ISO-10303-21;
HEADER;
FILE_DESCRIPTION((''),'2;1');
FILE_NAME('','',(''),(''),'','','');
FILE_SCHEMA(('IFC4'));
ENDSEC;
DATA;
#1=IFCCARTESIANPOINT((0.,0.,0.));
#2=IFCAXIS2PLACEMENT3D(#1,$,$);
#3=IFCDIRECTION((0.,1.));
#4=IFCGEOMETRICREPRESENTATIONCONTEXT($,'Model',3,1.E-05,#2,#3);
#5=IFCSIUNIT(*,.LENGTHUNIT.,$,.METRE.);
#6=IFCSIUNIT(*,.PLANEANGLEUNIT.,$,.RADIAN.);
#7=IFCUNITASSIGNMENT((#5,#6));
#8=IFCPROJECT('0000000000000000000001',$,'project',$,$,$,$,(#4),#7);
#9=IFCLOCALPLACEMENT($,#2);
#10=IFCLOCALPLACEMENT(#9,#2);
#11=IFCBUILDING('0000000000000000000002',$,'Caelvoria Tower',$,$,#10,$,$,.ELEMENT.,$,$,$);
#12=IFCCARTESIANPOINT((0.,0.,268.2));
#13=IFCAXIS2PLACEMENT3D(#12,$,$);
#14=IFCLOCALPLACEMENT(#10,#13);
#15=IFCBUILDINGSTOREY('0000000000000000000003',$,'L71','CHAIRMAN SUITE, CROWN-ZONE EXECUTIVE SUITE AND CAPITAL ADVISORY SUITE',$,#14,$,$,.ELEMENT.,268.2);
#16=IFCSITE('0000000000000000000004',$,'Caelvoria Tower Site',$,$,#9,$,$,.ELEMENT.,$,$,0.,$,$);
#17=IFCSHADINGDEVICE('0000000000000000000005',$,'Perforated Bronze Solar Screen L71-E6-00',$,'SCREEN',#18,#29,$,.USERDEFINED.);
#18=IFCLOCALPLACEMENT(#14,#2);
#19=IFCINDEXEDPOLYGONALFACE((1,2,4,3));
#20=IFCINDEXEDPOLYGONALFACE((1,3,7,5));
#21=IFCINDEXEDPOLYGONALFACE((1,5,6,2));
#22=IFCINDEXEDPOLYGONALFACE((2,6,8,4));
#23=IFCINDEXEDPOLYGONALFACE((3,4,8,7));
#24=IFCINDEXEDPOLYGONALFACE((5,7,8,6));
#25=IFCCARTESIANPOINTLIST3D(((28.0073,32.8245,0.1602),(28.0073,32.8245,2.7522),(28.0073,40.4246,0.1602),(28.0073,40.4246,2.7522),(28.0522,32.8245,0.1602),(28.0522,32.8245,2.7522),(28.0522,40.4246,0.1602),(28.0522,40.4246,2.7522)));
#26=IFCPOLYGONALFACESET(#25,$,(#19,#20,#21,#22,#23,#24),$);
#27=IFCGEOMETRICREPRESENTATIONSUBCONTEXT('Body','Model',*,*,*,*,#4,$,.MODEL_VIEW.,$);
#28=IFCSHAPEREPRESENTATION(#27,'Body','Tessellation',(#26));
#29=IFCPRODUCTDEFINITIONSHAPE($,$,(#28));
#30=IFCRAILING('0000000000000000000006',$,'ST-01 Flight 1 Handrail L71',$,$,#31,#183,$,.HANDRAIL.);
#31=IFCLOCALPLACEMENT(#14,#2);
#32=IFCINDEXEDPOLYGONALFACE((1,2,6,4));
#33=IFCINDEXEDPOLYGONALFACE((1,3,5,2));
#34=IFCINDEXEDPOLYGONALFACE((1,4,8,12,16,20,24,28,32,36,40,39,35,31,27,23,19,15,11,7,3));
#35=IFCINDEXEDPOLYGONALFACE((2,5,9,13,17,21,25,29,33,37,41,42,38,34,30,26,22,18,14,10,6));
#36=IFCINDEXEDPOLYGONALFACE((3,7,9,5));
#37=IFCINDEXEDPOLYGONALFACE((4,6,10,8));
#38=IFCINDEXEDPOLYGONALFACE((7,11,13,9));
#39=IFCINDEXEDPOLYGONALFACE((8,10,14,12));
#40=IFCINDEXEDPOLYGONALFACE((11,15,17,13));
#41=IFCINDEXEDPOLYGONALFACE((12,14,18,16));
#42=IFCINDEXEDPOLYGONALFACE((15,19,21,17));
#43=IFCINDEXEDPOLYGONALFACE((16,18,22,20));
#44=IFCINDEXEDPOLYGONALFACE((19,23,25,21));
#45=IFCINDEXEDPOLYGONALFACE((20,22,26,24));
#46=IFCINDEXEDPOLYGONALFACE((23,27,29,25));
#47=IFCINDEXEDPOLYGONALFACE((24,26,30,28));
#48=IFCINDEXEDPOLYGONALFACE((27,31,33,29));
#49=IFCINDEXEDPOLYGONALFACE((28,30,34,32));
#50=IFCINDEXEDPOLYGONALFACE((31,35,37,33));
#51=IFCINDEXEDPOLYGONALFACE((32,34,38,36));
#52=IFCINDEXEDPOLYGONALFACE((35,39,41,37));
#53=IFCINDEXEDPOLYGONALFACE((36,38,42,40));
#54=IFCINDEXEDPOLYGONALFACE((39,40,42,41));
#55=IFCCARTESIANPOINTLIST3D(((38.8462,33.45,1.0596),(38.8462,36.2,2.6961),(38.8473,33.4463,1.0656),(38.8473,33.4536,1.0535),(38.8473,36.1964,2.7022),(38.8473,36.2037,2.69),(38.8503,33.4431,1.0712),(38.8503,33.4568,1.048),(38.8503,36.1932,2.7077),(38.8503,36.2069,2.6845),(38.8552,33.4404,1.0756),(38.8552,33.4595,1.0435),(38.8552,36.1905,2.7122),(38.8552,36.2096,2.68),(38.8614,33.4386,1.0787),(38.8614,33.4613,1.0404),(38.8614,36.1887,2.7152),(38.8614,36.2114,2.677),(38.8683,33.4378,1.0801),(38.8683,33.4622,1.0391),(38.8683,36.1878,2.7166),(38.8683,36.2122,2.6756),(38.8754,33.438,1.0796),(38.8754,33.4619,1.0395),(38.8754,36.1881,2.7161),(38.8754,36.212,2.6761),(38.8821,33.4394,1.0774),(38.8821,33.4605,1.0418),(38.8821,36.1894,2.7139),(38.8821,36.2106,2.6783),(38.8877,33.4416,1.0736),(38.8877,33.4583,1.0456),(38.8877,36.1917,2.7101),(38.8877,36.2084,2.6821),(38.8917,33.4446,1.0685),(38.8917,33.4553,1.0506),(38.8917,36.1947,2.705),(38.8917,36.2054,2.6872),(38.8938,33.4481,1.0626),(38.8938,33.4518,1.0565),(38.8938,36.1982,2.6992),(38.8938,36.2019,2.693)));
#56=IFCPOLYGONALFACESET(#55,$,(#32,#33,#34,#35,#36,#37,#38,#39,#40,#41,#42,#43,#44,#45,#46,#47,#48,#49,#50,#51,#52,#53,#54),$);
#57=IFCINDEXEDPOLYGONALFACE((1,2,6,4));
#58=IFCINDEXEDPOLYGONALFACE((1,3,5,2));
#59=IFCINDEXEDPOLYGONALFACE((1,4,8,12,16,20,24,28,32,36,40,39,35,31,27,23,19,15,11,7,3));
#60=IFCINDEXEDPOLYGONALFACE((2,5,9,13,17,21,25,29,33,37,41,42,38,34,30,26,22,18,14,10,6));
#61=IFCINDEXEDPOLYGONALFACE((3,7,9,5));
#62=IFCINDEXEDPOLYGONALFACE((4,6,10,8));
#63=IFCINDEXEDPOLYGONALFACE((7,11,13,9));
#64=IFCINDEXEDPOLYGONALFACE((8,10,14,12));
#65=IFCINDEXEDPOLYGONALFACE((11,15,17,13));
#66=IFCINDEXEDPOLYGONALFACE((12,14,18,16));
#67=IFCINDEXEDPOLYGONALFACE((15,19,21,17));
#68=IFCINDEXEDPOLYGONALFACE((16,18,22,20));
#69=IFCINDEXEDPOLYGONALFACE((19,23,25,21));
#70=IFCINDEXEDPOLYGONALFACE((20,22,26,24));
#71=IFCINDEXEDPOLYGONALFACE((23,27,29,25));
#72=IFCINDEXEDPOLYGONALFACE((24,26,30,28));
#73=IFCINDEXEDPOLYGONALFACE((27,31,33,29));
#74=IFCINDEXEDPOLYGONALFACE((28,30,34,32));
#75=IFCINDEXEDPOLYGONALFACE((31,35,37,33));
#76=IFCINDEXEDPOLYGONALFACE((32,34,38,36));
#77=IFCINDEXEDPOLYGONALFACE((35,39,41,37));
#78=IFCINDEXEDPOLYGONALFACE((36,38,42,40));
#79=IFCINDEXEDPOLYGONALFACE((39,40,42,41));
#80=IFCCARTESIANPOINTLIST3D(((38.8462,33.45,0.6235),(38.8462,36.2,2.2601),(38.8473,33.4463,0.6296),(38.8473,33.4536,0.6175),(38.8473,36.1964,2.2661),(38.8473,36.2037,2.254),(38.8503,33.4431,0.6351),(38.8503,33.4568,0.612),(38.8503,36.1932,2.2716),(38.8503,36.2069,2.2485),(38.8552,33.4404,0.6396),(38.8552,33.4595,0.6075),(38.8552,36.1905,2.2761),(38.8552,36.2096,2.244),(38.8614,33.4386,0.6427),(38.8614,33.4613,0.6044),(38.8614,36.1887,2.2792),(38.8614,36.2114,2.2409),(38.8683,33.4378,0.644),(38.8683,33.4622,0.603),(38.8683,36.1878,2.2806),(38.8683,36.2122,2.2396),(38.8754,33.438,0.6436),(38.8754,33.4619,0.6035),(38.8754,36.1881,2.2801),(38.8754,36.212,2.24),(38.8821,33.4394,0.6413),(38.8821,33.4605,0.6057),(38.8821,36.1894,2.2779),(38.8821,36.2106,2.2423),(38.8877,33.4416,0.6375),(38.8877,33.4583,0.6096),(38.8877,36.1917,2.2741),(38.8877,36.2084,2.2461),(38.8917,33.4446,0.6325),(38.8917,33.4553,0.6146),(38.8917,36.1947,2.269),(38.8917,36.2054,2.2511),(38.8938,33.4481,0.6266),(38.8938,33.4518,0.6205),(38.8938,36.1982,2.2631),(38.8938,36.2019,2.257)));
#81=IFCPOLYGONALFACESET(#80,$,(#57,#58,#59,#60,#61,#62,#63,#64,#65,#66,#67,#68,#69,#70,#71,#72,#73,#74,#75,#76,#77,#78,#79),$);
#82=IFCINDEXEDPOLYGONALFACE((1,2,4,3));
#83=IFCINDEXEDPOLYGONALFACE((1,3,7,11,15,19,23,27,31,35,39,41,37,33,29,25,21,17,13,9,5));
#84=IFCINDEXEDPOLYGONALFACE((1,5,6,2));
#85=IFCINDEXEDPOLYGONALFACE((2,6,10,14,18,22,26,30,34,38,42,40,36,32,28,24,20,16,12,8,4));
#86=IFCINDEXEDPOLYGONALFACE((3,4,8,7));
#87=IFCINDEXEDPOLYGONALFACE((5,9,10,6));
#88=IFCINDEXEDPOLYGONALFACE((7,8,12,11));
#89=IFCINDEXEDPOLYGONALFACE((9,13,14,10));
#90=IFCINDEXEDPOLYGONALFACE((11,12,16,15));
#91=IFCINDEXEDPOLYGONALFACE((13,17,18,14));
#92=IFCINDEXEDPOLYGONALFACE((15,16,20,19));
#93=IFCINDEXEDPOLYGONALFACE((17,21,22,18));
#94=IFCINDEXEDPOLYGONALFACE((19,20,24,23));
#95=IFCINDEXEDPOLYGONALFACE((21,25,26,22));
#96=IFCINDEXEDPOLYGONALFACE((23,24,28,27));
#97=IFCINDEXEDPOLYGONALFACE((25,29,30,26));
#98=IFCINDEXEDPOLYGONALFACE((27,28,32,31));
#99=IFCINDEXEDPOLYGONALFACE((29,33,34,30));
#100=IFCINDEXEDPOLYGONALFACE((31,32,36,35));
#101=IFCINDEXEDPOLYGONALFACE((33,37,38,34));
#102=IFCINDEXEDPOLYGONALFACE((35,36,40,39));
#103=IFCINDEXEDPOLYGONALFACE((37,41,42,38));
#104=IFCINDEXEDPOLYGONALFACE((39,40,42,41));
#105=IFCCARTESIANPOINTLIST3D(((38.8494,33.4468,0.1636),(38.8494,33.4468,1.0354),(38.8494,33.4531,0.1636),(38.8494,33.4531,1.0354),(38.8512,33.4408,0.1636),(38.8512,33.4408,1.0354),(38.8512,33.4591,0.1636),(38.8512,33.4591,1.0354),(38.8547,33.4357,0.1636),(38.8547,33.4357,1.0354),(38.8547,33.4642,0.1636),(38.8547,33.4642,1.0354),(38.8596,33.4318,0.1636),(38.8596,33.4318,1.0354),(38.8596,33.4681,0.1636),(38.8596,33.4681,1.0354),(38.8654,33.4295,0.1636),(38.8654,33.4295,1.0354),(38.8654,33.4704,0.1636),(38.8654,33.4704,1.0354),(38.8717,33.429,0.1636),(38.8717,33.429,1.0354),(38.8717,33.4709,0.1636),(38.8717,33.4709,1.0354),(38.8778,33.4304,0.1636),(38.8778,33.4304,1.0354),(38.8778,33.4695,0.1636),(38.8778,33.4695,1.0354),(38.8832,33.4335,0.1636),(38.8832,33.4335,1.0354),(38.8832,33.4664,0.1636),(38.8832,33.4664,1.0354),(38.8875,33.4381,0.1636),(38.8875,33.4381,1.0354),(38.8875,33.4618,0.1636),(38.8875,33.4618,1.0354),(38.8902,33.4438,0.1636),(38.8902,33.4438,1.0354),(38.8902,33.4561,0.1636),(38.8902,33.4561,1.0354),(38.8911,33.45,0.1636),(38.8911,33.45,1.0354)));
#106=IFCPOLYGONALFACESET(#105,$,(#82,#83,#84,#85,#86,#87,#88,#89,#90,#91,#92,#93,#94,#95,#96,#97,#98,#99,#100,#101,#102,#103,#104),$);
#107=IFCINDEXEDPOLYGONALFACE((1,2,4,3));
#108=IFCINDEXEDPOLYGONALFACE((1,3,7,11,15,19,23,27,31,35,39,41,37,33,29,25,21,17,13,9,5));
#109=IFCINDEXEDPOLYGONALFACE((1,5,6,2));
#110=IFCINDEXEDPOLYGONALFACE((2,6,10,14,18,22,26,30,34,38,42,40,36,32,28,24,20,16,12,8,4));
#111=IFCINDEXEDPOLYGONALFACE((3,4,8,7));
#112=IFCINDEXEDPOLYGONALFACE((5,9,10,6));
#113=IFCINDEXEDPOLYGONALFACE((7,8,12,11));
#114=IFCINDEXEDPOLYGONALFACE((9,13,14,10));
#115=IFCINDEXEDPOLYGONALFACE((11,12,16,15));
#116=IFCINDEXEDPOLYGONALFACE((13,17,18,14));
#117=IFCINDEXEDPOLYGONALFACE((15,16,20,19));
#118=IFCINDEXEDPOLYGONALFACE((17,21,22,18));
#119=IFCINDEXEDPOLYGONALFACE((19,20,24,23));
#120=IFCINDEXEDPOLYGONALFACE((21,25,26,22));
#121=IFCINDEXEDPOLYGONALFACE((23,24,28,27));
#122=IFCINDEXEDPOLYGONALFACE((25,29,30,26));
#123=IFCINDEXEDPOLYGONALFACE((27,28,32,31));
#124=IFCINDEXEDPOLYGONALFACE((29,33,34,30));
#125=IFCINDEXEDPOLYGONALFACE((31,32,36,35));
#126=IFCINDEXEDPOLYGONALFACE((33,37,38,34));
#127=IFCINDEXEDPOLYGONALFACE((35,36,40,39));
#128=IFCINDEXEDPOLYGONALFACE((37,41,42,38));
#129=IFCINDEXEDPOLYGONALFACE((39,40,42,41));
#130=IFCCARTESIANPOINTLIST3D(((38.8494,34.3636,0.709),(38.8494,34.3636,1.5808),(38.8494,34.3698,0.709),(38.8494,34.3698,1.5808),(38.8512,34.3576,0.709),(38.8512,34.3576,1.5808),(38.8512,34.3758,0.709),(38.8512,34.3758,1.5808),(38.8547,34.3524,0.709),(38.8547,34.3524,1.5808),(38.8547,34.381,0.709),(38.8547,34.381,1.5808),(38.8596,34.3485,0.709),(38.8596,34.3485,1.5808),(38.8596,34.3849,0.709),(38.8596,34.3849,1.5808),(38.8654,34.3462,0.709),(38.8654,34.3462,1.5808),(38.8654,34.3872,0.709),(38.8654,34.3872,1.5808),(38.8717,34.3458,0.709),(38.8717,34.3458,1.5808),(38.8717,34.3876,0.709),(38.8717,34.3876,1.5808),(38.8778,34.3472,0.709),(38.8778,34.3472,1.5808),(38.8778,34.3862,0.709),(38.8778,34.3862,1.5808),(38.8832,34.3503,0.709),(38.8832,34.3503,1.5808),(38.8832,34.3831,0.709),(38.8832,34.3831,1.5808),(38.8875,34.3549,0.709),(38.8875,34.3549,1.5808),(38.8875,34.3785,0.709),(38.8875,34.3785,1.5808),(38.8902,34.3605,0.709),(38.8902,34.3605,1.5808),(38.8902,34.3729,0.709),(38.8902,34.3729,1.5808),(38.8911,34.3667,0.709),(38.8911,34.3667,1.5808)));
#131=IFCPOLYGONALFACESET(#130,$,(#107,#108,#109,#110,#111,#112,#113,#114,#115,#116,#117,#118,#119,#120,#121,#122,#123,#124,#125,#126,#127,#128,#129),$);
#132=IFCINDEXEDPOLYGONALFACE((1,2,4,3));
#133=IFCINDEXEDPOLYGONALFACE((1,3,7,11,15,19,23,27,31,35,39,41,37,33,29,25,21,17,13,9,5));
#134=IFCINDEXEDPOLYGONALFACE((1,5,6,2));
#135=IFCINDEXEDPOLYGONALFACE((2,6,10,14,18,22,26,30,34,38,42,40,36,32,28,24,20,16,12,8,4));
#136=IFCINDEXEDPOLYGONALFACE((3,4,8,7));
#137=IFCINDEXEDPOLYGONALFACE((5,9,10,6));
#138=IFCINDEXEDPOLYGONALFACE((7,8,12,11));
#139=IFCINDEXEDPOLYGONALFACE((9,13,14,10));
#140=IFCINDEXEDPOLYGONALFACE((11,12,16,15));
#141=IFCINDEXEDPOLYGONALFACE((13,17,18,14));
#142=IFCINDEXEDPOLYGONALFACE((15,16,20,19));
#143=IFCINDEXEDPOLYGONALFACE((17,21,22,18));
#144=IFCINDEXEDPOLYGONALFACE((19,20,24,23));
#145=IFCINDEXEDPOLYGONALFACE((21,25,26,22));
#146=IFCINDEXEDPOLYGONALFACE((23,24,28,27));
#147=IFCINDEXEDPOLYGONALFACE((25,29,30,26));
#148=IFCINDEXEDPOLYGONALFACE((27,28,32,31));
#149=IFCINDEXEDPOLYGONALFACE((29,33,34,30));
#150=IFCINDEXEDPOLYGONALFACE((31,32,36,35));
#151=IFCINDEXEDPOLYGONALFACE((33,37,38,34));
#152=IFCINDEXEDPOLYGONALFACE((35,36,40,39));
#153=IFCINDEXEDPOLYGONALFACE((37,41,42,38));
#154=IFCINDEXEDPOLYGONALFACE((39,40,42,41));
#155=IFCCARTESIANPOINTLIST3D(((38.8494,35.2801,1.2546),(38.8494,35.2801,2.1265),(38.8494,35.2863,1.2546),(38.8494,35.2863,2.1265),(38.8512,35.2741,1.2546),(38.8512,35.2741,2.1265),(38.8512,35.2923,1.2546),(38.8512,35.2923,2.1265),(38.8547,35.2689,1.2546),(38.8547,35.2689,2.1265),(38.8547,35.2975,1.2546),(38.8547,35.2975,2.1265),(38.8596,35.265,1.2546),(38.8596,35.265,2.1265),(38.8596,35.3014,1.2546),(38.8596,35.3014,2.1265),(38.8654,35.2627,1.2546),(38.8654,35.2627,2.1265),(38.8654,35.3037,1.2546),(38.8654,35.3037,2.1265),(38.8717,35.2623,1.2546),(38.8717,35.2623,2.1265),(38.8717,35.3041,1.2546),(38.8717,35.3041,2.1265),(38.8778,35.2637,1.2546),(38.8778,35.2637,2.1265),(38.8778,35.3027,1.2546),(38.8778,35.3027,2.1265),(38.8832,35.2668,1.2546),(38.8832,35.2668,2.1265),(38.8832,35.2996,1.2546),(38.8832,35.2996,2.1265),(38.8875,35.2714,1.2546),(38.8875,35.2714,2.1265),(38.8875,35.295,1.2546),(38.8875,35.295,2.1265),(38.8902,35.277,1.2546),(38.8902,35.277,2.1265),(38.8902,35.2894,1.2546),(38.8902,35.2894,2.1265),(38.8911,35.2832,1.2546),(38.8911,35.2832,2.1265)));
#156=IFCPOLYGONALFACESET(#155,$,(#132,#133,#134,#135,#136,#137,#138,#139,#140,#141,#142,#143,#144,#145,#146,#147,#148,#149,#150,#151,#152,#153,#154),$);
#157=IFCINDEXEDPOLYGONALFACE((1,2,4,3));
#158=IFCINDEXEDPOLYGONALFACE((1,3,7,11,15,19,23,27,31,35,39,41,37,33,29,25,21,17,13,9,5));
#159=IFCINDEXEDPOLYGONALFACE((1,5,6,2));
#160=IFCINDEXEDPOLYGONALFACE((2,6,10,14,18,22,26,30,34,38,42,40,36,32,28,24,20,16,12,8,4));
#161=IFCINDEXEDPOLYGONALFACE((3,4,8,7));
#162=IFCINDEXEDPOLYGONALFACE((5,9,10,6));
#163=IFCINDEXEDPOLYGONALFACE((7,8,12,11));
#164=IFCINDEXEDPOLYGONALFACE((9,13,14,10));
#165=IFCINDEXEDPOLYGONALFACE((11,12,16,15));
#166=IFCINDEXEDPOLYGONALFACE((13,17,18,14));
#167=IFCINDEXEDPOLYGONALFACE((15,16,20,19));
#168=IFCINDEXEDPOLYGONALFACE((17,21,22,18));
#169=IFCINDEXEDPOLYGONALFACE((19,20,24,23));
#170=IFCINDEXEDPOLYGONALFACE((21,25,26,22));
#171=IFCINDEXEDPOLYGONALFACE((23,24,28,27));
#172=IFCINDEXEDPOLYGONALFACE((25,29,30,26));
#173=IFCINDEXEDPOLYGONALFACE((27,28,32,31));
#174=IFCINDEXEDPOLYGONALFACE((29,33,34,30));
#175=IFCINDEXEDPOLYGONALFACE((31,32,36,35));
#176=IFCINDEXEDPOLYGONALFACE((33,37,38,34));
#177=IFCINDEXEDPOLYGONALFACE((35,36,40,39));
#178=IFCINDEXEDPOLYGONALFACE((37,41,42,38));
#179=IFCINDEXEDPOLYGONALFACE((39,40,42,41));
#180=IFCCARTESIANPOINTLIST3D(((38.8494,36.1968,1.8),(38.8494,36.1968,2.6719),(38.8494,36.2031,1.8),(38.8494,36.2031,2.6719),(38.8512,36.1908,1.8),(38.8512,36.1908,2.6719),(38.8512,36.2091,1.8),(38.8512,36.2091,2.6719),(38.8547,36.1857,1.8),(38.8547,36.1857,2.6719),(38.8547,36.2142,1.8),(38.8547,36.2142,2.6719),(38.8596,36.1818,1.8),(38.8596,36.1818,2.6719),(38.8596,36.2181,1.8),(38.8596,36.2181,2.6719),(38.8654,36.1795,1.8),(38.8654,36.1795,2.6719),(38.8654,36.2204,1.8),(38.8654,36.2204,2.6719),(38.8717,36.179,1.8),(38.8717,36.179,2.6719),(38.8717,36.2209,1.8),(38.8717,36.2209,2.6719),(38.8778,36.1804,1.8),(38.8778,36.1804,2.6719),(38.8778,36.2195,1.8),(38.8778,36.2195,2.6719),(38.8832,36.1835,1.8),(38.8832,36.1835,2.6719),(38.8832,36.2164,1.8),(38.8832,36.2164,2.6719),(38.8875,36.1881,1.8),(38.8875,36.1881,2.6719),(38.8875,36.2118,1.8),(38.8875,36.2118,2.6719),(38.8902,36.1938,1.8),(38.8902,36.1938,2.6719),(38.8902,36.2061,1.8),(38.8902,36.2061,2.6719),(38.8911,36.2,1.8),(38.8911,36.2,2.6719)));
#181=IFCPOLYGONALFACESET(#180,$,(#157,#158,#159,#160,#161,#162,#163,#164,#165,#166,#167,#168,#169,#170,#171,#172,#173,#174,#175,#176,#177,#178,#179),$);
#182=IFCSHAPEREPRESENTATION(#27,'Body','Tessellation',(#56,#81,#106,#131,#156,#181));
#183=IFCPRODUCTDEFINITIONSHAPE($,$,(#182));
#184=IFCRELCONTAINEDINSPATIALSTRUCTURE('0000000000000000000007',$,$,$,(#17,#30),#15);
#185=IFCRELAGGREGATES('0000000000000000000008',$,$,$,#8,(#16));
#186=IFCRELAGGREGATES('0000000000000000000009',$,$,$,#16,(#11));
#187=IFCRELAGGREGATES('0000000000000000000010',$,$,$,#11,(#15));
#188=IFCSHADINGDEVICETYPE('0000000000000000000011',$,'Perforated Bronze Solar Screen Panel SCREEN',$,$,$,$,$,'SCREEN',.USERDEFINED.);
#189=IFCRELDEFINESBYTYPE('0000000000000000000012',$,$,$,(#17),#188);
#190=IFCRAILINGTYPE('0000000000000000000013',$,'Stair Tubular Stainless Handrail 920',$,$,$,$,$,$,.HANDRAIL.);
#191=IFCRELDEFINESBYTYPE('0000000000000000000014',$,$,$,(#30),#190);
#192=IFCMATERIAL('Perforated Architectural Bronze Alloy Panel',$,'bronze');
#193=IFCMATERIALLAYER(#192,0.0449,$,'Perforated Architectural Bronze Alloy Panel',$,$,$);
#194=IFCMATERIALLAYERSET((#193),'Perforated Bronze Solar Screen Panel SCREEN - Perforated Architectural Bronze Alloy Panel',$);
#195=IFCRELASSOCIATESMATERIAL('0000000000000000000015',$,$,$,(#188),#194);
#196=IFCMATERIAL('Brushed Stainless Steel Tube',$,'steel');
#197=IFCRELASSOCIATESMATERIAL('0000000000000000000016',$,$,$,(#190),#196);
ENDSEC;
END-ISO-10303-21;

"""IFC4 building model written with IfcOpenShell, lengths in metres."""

from ifc_helpers import new_model, si_unit, direction, frame, origin, origin_2d, place, context, subcontext, project, spatial, rectangle, circle, extrude, material, layer, layer_set, type_object, element, save


model = new_model("IFC4")

# Units and contexts
model_context = context("Model", 3, precision=1e-05, world=origin(), true_north=direction((0.0, 1.0)))
body_context = subcontext(model_context, "Body", "Model", "MODEL_VIEW")
ifc_project = project(units=[si_unit("LENGTHUNIT", "METRE"), si_unit("PLANEANGLEUNIT", "RADIAN")], contexts=[model_context])

# Site, building, storey
site_placement = place(None, origin())
site = spatial("IfcSite", under=ifc_project, at=site_placement, Name="Caelvoria Tower Site", CompositionType="ELEMENT", RefElevation=0.0)
building_placement = place(site_placement, origin())
building = spatial("IfcBuilding", under=site, at=building_placement, Name="Caelvoria Tower", CompositionType="ELEMENT")
storey_placement = place(building_placement, frame((0.0, 0.0, 268.2)))
storey = spatial("IfcBuildingStorey", under=building, at=storey_placement, Name="L71", Description="CHAIRMAN SUITE, CROWN-ZONE EXECUTIVE SUITE AND CAPITAL ADVISORY SUITE", CompositionType="ELEMENT", Elevation=268.2)

# Shading device
ifc_material_1 = material(Name="Perforated Architectural Bronze Alloy Panel", Category="bronze")
ifc_layer_1 = layer(ifc_material_1, 0.0449, Name="Perforated Architectural Bronze Alloy Panel")
ifc_layer_set_1 = layer_set([ifc_layer_1], Name="Perforated Bronze Solar Screen Panel SCREEN - Perforated Architectural Bronze Alloy Panel")
shading_device_type = type_object("IfcShadingDeviceType", Name="Perforated Bronze Solar Screen Panel SCREEN", ElementType="SCREEN", PredefinedType="USERDEFINED", material=ifc_layer_set_1)
shading_device_placement = place(storey_placement, frame((28.0298, 36.6245, 0.1602), z_axis=(0.0, 0.0, 1.0), x_axis=(0.0, -1.0, 0.0)))
element("IfcShadingDevice", 1, at=shading_device_placement, inside=storey, type_object=shading_device_type, Name="Perforated Bronze Solar Screen L71-E6-00", ObjectType="SCREEN", PredefinedType="USERDEFINED", context=body_context, shape_type="SweptSolid", body=[
    extrude(rectangle(XDim=7.6001, YDim=0.0449, at=origin_2d()), origin(), (0.0, 0.0, 1.0), 2.592),
])

# Railing
ifc_material_2 = material(Name="Brushed Stainless Steel Tube", Category="steel")
railing_type_1 = type_object("IfcRailingType", Name="Stair Tubular Stainless Handrail 920", PredefinedType="HANDRAIL", material=ifc_material_2)
railing_1_placement = place(storey_placement, frame((38.8701, 33.45, 0.1636)))
element("IfcRailing", 2, at=railing_1_placement, inside=storey, type_object=railing_type_1, Name="ST-01 Flight 1 Handrail L71", PredefinedType="HANDRAIL", context=body_context, shape_type="SweptSolid", body=[
    extrude(circle(Radius=0.0239, at=origin_2d()), frame((0.0, 0.0, 0.896), z_axis=(0.0, 0.859352, 0.511385), x_axis=(-1.0, 0.0, 0.0)), (0.0, 0.0, 1.0), 3.2002),
    extrude(circle(Radius=0.0239, at=origin_2d()), frame((0.0, 0.0, 0.46), z_axis=(0.0, 0.859352, 0.511385), x_axis=(-1.0, 0.0, 0.0)), (0.0, 0.0, 1.0), 3.2002),
    extrude(circle(Radius=0.021, at=origin_2d()), origin(), (0.0, 0.0, 1.0), 0.8718),
    extrude(circle(Radius=0.021, at=origin_2d()), frame((0.0, 0.9167, 0.5454)), (0.0, 0.0, 1.0), 0.8718),
    extrude(circle(Radius=0.021, at=origin_2d()), frame((0.0, 1.8333, 1.0911)), (0.0, 0.0, 1.0), 0.8718),
    extrude(circle(Radius=0.021, at=origin_2d()), frame((0.0, 2.75, 1.6365)), (0.0, 0.0, 1.0), 0.8718),
])

save(model, "model.ifc")
